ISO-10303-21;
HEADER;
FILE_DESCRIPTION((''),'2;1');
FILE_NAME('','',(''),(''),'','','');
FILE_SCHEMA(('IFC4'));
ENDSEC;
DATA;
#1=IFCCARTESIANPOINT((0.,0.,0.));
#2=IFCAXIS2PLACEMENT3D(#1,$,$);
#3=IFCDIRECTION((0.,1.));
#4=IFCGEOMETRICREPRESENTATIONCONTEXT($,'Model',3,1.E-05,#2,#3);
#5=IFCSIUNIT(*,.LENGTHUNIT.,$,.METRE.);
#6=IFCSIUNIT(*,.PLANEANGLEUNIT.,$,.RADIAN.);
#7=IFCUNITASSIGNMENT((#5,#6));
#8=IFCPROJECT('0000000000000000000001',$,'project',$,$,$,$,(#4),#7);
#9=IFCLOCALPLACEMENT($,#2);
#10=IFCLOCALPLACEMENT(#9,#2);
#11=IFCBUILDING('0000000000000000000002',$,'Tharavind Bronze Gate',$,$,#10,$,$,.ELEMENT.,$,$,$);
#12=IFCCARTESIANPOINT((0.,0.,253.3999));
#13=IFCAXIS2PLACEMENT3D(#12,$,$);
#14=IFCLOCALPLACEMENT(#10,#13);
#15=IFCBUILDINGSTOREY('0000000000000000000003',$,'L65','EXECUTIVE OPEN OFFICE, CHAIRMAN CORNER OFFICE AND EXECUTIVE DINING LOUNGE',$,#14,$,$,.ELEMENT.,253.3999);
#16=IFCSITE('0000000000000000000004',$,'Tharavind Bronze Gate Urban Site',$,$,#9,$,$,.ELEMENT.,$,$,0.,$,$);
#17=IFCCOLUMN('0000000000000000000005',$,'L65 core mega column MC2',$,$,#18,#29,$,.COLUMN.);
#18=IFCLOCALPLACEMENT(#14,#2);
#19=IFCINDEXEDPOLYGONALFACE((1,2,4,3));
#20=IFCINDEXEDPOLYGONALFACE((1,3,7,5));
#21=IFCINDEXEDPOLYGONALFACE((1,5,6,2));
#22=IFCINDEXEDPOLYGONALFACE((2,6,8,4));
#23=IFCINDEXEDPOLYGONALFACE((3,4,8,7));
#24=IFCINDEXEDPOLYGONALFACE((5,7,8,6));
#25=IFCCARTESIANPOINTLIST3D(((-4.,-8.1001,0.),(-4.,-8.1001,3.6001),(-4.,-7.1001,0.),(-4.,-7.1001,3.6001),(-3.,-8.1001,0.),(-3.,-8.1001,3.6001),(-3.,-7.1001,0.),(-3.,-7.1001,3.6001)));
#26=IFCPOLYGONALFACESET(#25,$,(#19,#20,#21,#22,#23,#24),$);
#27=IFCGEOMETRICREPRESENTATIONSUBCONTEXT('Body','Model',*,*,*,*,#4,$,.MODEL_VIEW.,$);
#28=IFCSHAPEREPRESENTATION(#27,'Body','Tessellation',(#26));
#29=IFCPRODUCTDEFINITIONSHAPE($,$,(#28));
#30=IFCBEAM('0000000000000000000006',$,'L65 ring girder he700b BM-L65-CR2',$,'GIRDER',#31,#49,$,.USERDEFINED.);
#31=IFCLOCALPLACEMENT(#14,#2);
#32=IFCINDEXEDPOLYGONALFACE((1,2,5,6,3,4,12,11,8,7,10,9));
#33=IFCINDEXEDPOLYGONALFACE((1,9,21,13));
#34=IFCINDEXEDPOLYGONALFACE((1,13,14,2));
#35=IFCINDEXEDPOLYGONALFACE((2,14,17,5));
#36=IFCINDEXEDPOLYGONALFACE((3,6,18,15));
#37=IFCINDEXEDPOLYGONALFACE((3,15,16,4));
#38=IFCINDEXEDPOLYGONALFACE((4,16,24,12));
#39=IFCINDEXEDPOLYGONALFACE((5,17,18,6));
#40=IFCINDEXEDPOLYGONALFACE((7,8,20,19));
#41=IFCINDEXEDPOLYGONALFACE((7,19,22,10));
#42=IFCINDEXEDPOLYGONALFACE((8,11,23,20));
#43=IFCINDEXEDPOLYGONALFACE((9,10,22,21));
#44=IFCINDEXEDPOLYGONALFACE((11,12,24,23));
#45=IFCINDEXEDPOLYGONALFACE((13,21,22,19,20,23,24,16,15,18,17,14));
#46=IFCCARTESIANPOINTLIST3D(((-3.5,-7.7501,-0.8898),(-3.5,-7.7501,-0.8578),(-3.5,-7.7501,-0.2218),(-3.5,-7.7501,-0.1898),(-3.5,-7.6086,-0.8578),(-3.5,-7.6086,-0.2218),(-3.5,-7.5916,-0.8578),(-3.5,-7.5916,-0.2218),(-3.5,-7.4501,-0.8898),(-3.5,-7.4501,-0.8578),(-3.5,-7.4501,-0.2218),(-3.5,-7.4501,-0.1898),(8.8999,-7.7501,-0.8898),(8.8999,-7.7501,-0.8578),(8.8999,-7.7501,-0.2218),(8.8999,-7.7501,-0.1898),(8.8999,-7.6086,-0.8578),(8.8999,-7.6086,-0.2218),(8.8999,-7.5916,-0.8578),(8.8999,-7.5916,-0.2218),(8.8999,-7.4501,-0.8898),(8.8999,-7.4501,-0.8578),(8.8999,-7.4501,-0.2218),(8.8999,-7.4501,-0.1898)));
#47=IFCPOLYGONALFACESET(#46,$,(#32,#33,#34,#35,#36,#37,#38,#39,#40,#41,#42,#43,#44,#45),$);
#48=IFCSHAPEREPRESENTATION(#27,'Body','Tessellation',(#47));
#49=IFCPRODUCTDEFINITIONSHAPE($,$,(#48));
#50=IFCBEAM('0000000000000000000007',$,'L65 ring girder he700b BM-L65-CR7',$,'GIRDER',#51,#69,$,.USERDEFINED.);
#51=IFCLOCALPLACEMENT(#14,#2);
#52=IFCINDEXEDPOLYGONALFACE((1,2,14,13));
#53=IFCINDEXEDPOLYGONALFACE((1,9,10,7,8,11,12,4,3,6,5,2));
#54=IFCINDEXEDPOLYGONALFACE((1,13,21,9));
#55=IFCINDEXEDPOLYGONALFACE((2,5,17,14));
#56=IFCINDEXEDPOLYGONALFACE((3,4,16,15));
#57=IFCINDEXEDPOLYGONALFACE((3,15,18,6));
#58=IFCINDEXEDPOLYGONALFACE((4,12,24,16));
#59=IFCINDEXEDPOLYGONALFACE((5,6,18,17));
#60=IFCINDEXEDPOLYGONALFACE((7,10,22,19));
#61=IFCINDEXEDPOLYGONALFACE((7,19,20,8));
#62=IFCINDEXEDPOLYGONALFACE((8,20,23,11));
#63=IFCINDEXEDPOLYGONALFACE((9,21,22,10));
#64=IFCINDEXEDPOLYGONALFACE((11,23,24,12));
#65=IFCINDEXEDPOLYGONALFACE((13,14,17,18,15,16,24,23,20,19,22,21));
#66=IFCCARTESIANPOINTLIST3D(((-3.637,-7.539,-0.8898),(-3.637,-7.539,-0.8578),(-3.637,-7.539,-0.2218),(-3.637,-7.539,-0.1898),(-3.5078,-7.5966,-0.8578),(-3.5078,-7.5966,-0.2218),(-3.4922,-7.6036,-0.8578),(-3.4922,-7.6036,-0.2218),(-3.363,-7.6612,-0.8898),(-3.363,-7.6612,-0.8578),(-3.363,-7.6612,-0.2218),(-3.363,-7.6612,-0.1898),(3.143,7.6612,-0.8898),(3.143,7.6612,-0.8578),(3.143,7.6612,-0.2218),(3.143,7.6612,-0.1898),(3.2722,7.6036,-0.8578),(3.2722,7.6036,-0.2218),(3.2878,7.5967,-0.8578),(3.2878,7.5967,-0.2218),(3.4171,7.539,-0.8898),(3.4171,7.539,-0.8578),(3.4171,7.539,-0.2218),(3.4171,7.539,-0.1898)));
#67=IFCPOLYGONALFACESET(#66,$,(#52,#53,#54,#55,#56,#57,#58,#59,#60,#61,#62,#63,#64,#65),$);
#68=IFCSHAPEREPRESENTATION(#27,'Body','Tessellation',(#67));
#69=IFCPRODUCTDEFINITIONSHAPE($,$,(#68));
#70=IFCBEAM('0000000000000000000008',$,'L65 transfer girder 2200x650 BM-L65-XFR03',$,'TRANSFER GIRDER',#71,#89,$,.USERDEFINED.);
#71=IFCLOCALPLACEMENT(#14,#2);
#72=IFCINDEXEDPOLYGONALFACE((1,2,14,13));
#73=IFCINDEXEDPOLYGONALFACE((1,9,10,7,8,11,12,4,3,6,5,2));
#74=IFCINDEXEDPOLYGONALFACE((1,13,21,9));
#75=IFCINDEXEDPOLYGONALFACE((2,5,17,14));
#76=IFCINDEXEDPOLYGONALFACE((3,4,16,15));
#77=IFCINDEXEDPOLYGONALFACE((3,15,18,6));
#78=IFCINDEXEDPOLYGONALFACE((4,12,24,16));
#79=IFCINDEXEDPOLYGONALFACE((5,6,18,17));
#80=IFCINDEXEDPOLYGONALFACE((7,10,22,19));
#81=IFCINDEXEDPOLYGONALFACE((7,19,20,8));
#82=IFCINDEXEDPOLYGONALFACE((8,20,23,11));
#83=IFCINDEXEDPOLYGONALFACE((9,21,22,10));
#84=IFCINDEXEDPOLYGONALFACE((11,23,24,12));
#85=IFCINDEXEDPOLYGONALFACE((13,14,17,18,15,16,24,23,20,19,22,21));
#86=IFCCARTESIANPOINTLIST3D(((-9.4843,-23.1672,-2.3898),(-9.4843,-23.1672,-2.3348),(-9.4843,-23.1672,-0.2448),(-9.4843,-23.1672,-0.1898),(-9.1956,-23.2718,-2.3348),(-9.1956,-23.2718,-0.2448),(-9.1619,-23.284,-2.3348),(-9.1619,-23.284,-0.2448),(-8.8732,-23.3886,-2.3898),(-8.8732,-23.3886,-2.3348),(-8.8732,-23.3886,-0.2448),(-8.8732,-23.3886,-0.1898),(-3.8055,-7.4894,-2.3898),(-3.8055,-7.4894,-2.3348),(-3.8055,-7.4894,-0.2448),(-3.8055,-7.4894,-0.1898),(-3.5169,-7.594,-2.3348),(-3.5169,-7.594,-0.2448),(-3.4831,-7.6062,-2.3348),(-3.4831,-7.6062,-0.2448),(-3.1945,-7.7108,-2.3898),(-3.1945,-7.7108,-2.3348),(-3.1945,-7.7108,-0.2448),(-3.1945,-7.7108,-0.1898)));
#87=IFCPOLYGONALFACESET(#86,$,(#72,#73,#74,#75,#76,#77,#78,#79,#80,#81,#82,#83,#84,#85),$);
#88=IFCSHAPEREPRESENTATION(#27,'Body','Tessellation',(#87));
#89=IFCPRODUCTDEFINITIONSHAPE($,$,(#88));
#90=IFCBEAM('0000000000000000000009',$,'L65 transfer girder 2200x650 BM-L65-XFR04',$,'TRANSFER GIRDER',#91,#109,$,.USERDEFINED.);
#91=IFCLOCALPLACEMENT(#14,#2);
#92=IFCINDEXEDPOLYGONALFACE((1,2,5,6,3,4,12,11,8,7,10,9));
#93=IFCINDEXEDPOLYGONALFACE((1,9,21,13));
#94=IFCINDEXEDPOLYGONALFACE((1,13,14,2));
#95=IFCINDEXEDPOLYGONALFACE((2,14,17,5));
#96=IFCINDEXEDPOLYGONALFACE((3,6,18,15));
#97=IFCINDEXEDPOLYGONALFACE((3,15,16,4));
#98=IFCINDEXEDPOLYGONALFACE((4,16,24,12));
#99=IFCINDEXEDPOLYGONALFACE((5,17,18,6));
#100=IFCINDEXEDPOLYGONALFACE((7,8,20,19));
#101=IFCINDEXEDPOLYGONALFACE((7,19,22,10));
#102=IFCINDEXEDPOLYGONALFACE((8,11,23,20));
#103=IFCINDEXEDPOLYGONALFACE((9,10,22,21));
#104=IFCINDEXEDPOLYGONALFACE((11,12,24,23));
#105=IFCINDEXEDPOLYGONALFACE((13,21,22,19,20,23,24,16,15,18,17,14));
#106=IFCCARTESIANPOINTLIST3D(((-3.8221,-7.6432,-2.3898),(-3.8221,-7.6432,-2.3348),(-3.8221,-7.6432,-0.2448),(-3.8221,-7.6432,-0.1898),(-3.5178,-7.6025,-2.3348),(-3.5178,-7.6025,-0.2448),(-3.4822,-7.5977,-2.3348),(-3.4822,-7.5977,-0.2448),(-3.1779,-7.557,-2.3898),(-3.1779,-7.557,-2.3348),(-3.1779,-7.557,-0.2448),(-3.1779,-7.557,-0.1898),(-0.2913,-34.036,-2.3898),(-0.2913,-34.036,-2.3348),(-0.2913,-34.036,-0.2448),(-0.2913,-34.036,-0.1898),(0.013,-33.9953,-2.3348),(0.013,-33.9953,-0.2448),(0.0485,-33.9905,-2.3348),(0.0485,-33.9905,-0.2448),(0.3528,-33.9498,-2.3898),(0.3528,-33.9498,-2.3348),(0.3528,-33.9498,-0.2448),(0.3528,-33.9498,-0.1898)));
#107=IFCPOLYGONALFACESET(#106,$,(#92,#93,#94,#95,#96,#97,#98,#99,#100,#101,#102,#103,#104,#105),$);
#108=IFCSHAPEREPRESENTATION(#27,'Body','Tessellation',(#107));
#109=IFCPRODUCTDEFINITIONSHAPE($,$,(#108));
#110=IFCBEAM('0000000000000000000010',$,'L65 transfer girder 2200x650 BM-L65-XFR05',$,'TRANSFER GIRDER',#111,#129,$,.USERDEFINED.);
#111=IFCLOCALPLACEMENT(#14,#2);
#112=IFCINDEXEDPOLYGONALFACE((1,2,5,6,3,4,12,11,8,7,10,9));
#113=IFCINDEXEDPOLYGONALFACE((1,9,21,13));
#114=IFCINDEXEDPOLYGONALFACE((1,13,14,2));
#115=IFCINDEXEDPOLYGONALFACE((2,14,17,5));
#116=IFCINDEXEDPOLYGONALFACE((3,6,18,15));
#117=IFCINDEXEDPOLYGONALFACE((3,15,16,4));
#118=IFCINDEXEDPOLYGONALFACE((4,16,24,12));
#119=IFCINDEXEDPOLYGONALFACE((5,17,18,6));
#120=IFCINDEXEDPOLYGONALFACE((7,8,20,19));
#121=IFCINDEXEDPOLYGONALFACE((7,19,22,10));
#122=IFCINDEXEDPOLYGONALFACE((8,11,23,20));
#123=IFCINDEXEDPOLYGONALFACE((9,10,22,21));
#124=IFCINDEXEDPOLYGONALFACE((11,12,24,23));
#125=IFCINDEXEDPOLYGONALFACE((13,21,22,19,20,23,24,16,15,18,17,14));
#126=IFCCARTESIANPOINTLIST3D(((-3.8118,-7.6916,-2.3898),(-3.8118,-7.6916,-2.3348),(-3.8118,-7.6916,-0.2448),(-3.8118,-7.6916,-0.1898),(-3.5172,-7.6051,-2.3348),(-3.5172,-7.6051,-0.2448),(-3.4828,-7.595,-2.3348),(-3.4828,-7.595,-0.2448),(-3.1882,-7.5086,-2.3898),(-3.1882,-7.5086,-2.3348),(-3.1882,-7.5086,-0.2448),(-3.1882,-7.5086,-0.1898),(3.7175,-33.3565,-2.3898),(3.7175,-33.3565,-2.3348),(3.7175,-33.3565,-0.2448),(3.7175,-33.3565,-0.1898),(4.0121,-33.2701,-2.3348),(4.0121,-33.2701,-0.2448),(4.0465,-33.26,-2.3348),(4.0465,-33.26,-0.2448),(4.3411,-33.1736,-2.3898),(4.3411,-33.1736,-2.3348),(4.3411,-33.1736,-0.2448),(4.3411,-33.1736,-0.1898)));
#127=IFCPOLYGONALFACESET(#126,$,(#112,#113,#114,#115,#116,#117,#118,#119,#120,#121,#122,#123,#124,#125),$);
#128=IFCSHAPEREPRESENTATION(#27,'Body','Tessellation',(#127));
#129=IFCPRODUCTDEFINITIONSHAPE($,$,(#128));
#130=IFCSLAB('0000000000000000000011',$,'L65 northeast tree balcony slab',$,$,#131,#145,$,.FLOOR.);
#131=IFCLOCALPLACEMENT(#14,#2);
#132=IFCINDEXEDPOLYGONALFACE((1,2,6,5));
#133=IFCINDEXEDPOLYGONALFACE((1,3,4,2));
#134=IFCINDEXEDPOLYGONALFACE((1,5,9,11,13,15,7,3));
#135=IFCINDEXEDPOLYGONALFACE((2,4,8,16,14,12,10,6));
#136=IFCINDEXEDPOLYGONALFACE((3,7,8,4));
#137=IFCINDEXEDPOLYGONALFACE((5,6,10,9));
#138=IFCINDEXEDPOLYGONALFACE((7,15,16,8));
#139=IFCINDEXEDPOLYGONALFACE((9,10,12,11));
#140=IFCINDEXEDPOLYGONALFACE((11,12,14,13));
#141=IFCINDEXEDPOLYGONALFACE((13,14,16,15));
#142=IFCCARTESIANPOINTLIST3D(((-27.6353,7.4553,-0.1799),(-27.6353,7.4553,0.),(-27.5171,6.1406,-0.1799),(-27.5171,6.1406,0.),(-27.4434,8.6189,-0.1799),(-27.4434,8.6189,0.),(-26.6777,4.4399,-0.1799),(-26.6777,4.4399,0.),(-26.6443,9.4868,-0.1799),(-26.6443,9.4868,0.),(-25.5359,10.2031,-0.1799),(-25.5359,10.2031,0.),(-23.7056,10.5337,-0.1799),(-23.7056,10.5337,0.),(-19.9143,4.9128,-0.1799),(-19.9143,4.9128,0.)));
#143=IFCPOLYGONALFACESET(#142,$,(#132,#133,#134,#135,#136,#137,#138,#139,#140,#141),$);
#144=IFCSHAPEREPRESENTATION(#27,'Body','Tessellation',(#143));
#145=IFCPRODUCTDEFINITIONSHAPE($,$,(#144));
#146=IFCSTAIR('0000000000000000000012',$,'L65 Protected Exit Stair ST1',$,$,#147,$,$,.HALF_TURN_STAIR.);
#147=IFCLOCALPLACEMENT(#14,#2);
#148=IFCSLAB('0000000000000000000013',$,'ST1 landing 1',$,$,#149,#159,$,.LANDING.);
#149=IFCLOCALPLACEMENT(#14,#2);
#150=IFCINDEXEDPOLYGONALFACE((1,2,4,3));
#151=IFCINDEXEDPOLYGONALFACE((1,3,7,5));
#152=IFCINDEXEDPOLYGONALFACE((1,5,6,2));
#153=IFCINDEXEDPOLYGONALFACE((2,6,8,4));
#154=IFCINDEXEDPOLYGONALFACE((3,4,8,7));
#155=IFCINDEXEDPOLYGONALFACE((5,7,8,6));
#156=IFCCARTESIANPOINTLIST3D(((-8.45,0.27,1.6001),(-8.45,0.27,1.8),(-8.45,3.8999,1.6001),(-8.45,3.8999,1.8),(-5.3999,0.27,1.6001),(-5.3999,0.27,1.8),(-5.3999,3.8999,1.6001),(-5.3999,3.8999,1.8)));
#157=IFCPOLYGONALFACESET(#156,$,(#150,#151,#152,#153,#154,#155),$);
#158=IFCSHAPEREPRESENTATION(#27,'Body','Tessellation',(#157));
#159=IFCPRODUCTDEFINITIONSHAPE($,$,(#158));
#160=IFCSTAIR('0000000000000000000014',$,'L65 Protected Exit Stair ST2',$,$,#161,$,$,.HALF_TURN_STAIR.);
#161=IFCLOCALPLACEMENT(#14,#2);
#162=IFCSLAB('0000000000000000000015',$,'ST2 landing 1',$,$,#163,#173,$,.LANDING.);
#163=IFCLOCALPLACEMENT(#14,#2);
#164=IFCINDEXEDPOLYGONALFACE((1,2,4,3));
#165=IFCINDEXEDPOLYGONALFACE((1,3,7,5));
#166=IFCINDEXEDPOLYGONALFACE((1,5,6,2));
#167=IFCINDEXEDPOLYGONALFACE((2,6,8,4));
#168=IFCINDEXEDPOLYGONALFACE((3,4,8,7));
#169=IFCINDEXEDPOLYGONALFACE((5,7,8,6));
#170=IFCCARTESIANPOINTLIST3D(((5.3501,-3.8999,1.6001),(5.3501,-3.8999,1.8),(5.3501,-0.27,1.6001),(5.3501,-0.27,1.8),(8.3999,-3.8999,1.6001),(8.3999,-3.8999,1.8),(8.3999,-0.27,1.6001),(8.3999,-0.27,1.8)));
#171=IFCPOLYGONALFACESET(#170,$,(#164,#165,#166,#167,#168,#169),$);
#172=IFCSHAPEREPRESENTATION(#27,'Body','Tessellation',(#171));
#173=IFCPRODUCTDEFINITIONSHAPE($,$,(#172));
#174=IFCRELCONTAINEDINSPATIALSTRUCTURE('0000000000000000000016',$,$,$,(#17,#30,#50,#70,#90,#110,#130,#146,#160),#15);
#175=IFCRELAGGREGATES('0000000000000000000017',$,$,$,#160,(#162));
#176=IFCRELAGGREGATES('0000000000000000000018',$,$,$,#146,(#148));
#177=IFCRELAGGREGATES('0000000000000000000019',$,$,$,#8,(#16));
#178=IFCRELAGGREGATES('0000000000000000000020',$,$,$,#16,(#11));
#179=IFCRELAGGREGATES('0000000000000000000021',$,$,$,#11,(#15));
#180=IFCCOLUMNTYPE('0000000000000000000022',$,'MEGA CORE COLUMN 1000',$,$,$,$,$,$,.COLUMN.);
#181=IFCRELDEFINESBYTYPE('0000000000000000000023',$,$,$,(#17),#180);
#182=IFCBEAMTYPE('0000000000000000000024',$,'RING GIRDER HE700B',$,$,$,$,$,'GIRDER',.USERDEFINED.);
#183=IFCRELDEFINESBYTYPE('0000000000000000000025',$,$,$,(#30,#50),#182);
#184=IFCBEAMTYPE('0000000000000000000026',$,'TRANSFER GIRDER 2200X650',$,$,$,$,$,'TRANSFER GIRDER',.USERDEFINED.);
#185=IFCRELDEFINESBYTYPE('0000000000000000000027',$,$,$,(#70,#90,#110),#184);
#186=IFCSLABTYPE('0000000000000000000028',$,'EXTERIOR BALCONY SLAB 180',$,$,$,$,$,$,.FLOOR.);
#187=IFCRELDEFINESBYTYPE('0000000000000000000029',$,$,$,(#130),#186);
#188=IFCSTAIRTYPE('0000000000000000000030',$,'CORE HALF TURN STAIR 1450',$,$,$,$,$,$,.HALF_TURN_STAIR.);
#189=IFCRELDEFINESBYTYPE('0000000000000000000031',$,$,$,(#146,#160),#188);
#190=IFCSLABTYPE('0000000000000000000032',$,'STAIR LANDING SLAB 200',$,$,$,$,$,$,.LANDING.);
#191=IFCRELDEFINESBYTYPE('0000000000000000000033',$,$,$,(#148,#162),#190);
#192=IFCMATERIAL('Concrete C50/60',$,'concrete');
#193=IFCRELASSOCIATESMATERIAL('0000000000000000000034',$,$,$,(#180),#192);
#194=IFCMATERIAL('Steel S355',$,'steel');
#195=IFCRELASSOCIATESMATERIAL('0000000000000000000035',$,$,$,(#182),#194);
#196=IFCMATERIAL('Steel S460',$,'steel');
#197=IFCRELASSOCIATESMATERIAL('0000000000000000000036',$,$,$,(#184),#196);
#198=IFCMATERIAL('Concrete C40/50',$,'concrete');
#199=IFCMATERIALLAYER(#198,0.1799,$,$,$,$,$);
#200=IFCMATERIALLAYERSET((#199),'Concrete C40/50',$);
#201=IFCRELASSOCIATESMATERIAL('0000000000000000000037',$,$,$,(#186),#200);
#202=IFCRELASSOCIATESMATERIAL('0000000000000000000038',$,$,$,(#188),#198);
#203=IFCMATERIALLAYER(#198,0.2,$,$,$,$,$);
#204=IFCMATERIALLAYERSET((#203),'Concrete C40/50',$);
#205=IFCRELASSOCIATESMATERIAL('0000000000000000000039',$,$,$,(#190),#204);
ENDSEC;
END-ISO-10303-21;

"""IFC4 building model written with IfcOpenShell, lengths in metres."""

from ifc_helpers import new_model, si_unit, direction, frame, origin, origin_2d, place, context, subcontext, project, spatial, polyline, rectangle, i_section, outline, extrude, material, layer, layer_set, material_profile, profile_set, type_object, element, aggregate, save


model = new_model("IFC4")

# Units and contexts
model_context = context("Model", 3, precision=1e-05, world=origin(), true_north=direction((0.0, 1.0)))
body_context = subcontext(model_context, "Body", "Model", "MODEL_VIEW")
ifc_project = project(units=[si_unit("LENGTHUNIT", "METRE"), si_unit("PLANEANGLEUNIT", "RADIAN")], contexts=[model_context])

# Site, building, storey
site_placement = place(None, origin())
site = spatial("IfcSite", under=ifc_project, at=site_placement, Name="Tharavind Bronze Gate Urban Site", CompositionType="ELEMENT", RefElevation=0.0)
building_placement = place(site_placement, origin())
building = spatial("IfcBuilding", under=site, at=building_placement, Name="Tharavind Bronze Gate", CompositionType="ELEMENT")
storey_placement = place(building_placement, frame((0.0, 0.0, 253.3999)))
storey = spatial("IfcBuildingStorey", under=building, at=storey_placement, Name="L65", Description="EXECUTIVE OPEN OFFICE, CHAIRMAN CORNER OFFICE AND EXECUTIVE DINING LOUNGE", CompositionType="ELEMENT", Elevation=253.3999)

# Column
ifc_material_1 = material(Name="Concrete C50/60", Category="concrete")
ifc_material_profile_1 = material_profile(ifc_material_1, rectangle(XDim=1.0, YDim=1.0, at=origin_2d()), Name="RCCOL1000")
ifc_profile_set_1 = profile_set([ifc_material_profile_1], Name="Concrete C50/60")
column_type = type_object("IfcColumnType", Name="MEGA CORE COLUMN 1000", PredefinedType="COLUMN", material=ifc_profile_set_1)
column_placement = place(storey_placement, frame((-3.5, -7.6001, 0.0), z_axis=(0.0, 0.0, 1.0), x_axis=(1.0, 0.0, 0.0)))
element("IfcColumn", 1, at=column_placement, inside=storey, type_object=column_type, Name="L65 core mega column MC2", PredefinedType="COLUMN", context=body_context, shape_type="SweptSolid", body=[
    extrude(rectangle(XDim=1.0, YDim=1.0, at=origin_2d()), origin(), (0.0, 0.0, 1.0), 3.6001),
])

# Beams
ifc_material_2 = material(Name="Steel S355", Category="steel")
ifc_material_profile_2 = material_profile(ifc_material_2, i_section(OverallWidth=0.3, OverallDepth=0.7, WebThickness=0.0171, FlangeThickness=0.032, at=origin_2d()), Name="HE700B")
ifc_profile_set_2 = profile_set([ifc_material_profile_2], Name="Steel S355")
beam_type_1 = type_object("IfcBeamType", Name="RING GIRDER HE700B", ElementType="GIRDER", PredefinedType="USERDEFINED", material=ifc_profile_set_2)
beam_1_placement = place(storey_placement, frame((-3.5, -7.6001, -0.5398), z_axis=(1.0, 0.0, 0.0), x_axis=(0.0, 1.0, 0.0)))
element("IfcBeam", 2, at=beam_1_placement, inside=storey, type_object=beam_type_1, Name="L65 ring girder he700b BM-L65-CR2", ObjectType="GIRDER", PredefinedType="USERDEFINED", context=body_context, shape_type="SweptSolid", body=[
    extrude(i_section(OverallWidth=0.3, OverallDepth=0.7, WebThickness=0.0171, FlangeThickness=0.032, at=origin_2d()), origin(), (0.0, 0.0, 1.0), 12.3999),
])
beam_2_placement = place(storey_placement, frame((-3.5, -7.6001, -0.5398), z_axis=(0.407362, 0.913267, 0.0), x_axis=(-0.913267, 0.407362, 0.0)))
element("IfcBeam", 3, at=beam_2_placement, inside=storey, type_object=beam_type_1, Name="L65 ring girder he700b BM-L65-CR7", ObjectType="GIRDER", PredefinedType="USERDEFINED", context=body_context, shape_type="SweptSolid", body=[
    extrude(i_section(OverallWidth=0.3, OverallDepth=0.7, WebThickness=0.0171, FlangeThickness=0.032, at=origin_2d()), origin(), (0.0, 0.0, 1.0), 16.6438),
])
ifc_material_3 = material(Name="Steel S460", Category="steel")
ifc_material_profile_3 = material_profile(ifc_material_3, i_section(OverallWidth=0.6499, OverallDepth=2.2, WebThickness=0.0359, FlangeThickness=0.0549, at=origin_2d()), Name="PG2200X650")
ifc_profile_set_3 = profile_set([ifc_material_profile_3], Name="Steel S460")
beam_type_2 = type_object("IfcBeamType", Name="TRANSFER GIRDER 2200X650", ElementType="TRANSFER GIRDER", PredefinedType="USERDEFINED", material=ifc_profile_set_3)
beam_3_placement = place(storey_placement, frame((-3.5, -7.6001, -1.2898), z_axis=(-0.340562, -0.940222, 0.0), x_axis=(0.940222, -0.340562, 0.0)))
element("IfcBeam", 4, at=beam_3_placement, inside=storey, type_object=beam_type_2, Name="L65 transfer girder 2200x650 BM-L65-XFR03", ObjectType="TRANSFER GIRDER", PredefinedType="USERDEFINED", context=body_context, shape_type="SweptSolid", body=[
    extrude(i_section(OverallWidth=0.6499, OverallDepth=2.2, WebThickness=0.0359, FlangeThickness=0.0549, at=origin_2d()), origin(), (0.0, 0.0, 1.0), 16.6746),
])
beam_4_placement = place(storey_placement, frame((-3.5, -7.6001, -1.2898), z_axis=(0.132596, -0.99117, 0.0), x_axis=(0.99117, 0.132596, 0.0)))
element("IfcBeam", 5, at=beam_4_placement, inside=storey, type_object=beam_type_2, Name="L65 transfer girder 2200x650 BM-L65-XFR04", ObjectType="TRANSFER GIRDER", PredefinedType="USERDEFINED", context=body_context, shape_type="SweptSolid", body=[
    extrude(i_section(OverallWidth=0.6499, OverallDepth=2.2, WebThickness=0.0359, FlangeThickness=0.0549, at=origin_2d()), origin(), (0.0, 0.0, 1.0), 26.6279),
])
beam_5_placement = place(storey_placement, frame((-3.5, -7.6001, -1.2898), z_axis=(0.281504, -0.95956, 0.0), x_axis=(0.95956, 0.281504, 0.0)))
element("IfcBeam", 6, at=beam_5_placement, inside=storey, type_object=beam_type_2, Name="L65 transfer girder 2200x650 BM-L65-XFR05", ObjectType="TRANSFER GIRDER", PredefinedType="USERDEFINED", context=body_context, shape_type="SweptSolid", body=[
    extrude(i_section(OverallWidth=0.6499, OverallDepth=2.2, WebThickness=0.0359, FlangeThickness=0.0549, at=origin_2d()), origin(), (0.0, 0.0, 1.0), 26.7466),
])

# Slab
ifc_material_4 = material(Name="Concrete C40/50", Category="concrete")
ifc_layer_1 = layer(ifc_material_4, 0.1799)
ifc_layer_set_1 = layer_set([ifc_layer_1], Name="Concrete C40/50")
slab_type_1 = type_object("IfcSlabType", Name="EXTERIOR BALCONY SLAB 180", PredefinedType="FLOOR", material=ifc_layer_set_1)
slab_1_placement = place(storey_placement, frame((0.0, 0.0, -0.1799)))
element("IfcSlab", 7, at=slab_1_placement, inside=storey, type_object=slab_type_1, Name="L65 northeast tree balcony slab", PredefinedType="FLOOR", context=body_context, shape_type="SweptSolid", body=[
    extrude(outline(polyline([(-25.5359, 10.2031), (-26.6443, 9.4868), (-27.4434, 8.6189), (-27.6353, 7.4553), (-27.5171, 6.1406), (-26.6777, 4.4399), (-19.9143, 4.9128), (-23.7056, 10.5337), (-25.5359, 10.2031)])), origin(), (0.0, 0.0, 1.0), 0.1799),
])

# Stairs, slabs
stair_type = type_object("IfcStairType", Name="CORE HALF TURN STAIR 1450", PredefinedType="HALF_TURN_STAIR", material=ifc_material_4)
stair_1_placement = place(storey_placement, origin())
stair_1 = element("IfcStair", 8, at=stair_1_placement, inside=storey, type_object=stair_type, Name="L65 Protected Exit Stair ST1", PredefinedType="HALF_TURN_STAIR")
ifc_layer_2 = layer(ifc_material_4, 0.2)
ifc_layer_set_2 = layer_set([ifc_layer_2], Name="Concrete C40/50")
slab_type_2 = type_object("IfcSlabType", Name="STAIR LANDING SLAB 200", PredefinedType="LANDING", material=ifc_layer_set_2)
slab_2_placement = place(storey_placement, frame((0.0, 0.0, 1.6001)))
slab_2 = element("IfcSlab", 9, at=slab_2_placement, type_object=slab_type_2, Name="ST1 landing 1", PredefinedType="LANDING", context=body_context, shape_type="SweptSolid", body=[
    extrude(outline(polyline([(-5.3999, 0.27), (-5.3999, 3.8999), (-8.45, 3.8999), (-8.45, 0.27), (-5.3999, 0.27)])), origin(), (0.0, 0.0, 1.0), 0.2),
])
stair_2_placement = place(storey_placement, origin())
stair_2 = element("IfcStair", 10, at=stair_2_placement, inside=storey, type_object=stair_type, Name="L65 Protected Exit Stair ST2", PredefinedType="HALF_TURN_STAIR")
slab_3_placement = place(storey_placement, frame((0.0, 0.0, 1.6001)))
slab_3 = element("IfcSlab", 11, at=slab_3_placement, type_object=slab_type_2, Name="ST2 landing 1", PredefinedType="LANDING", context=body_context, shape_type="SweptSolid", body=[
    extrude(outline(polyline([(5.3501, -0.27), (5.3501, -3.8999), (8.3999, -3.8999), (8.3999, -0.27), (5.3501, -0.27)])), origin(), (0.0, 0.0, 1.0), 0.2),
])
aggregate(stair_2, [slab_3])

aggregate(stair_1, [slab_2])

save(model, "model.ifc")
